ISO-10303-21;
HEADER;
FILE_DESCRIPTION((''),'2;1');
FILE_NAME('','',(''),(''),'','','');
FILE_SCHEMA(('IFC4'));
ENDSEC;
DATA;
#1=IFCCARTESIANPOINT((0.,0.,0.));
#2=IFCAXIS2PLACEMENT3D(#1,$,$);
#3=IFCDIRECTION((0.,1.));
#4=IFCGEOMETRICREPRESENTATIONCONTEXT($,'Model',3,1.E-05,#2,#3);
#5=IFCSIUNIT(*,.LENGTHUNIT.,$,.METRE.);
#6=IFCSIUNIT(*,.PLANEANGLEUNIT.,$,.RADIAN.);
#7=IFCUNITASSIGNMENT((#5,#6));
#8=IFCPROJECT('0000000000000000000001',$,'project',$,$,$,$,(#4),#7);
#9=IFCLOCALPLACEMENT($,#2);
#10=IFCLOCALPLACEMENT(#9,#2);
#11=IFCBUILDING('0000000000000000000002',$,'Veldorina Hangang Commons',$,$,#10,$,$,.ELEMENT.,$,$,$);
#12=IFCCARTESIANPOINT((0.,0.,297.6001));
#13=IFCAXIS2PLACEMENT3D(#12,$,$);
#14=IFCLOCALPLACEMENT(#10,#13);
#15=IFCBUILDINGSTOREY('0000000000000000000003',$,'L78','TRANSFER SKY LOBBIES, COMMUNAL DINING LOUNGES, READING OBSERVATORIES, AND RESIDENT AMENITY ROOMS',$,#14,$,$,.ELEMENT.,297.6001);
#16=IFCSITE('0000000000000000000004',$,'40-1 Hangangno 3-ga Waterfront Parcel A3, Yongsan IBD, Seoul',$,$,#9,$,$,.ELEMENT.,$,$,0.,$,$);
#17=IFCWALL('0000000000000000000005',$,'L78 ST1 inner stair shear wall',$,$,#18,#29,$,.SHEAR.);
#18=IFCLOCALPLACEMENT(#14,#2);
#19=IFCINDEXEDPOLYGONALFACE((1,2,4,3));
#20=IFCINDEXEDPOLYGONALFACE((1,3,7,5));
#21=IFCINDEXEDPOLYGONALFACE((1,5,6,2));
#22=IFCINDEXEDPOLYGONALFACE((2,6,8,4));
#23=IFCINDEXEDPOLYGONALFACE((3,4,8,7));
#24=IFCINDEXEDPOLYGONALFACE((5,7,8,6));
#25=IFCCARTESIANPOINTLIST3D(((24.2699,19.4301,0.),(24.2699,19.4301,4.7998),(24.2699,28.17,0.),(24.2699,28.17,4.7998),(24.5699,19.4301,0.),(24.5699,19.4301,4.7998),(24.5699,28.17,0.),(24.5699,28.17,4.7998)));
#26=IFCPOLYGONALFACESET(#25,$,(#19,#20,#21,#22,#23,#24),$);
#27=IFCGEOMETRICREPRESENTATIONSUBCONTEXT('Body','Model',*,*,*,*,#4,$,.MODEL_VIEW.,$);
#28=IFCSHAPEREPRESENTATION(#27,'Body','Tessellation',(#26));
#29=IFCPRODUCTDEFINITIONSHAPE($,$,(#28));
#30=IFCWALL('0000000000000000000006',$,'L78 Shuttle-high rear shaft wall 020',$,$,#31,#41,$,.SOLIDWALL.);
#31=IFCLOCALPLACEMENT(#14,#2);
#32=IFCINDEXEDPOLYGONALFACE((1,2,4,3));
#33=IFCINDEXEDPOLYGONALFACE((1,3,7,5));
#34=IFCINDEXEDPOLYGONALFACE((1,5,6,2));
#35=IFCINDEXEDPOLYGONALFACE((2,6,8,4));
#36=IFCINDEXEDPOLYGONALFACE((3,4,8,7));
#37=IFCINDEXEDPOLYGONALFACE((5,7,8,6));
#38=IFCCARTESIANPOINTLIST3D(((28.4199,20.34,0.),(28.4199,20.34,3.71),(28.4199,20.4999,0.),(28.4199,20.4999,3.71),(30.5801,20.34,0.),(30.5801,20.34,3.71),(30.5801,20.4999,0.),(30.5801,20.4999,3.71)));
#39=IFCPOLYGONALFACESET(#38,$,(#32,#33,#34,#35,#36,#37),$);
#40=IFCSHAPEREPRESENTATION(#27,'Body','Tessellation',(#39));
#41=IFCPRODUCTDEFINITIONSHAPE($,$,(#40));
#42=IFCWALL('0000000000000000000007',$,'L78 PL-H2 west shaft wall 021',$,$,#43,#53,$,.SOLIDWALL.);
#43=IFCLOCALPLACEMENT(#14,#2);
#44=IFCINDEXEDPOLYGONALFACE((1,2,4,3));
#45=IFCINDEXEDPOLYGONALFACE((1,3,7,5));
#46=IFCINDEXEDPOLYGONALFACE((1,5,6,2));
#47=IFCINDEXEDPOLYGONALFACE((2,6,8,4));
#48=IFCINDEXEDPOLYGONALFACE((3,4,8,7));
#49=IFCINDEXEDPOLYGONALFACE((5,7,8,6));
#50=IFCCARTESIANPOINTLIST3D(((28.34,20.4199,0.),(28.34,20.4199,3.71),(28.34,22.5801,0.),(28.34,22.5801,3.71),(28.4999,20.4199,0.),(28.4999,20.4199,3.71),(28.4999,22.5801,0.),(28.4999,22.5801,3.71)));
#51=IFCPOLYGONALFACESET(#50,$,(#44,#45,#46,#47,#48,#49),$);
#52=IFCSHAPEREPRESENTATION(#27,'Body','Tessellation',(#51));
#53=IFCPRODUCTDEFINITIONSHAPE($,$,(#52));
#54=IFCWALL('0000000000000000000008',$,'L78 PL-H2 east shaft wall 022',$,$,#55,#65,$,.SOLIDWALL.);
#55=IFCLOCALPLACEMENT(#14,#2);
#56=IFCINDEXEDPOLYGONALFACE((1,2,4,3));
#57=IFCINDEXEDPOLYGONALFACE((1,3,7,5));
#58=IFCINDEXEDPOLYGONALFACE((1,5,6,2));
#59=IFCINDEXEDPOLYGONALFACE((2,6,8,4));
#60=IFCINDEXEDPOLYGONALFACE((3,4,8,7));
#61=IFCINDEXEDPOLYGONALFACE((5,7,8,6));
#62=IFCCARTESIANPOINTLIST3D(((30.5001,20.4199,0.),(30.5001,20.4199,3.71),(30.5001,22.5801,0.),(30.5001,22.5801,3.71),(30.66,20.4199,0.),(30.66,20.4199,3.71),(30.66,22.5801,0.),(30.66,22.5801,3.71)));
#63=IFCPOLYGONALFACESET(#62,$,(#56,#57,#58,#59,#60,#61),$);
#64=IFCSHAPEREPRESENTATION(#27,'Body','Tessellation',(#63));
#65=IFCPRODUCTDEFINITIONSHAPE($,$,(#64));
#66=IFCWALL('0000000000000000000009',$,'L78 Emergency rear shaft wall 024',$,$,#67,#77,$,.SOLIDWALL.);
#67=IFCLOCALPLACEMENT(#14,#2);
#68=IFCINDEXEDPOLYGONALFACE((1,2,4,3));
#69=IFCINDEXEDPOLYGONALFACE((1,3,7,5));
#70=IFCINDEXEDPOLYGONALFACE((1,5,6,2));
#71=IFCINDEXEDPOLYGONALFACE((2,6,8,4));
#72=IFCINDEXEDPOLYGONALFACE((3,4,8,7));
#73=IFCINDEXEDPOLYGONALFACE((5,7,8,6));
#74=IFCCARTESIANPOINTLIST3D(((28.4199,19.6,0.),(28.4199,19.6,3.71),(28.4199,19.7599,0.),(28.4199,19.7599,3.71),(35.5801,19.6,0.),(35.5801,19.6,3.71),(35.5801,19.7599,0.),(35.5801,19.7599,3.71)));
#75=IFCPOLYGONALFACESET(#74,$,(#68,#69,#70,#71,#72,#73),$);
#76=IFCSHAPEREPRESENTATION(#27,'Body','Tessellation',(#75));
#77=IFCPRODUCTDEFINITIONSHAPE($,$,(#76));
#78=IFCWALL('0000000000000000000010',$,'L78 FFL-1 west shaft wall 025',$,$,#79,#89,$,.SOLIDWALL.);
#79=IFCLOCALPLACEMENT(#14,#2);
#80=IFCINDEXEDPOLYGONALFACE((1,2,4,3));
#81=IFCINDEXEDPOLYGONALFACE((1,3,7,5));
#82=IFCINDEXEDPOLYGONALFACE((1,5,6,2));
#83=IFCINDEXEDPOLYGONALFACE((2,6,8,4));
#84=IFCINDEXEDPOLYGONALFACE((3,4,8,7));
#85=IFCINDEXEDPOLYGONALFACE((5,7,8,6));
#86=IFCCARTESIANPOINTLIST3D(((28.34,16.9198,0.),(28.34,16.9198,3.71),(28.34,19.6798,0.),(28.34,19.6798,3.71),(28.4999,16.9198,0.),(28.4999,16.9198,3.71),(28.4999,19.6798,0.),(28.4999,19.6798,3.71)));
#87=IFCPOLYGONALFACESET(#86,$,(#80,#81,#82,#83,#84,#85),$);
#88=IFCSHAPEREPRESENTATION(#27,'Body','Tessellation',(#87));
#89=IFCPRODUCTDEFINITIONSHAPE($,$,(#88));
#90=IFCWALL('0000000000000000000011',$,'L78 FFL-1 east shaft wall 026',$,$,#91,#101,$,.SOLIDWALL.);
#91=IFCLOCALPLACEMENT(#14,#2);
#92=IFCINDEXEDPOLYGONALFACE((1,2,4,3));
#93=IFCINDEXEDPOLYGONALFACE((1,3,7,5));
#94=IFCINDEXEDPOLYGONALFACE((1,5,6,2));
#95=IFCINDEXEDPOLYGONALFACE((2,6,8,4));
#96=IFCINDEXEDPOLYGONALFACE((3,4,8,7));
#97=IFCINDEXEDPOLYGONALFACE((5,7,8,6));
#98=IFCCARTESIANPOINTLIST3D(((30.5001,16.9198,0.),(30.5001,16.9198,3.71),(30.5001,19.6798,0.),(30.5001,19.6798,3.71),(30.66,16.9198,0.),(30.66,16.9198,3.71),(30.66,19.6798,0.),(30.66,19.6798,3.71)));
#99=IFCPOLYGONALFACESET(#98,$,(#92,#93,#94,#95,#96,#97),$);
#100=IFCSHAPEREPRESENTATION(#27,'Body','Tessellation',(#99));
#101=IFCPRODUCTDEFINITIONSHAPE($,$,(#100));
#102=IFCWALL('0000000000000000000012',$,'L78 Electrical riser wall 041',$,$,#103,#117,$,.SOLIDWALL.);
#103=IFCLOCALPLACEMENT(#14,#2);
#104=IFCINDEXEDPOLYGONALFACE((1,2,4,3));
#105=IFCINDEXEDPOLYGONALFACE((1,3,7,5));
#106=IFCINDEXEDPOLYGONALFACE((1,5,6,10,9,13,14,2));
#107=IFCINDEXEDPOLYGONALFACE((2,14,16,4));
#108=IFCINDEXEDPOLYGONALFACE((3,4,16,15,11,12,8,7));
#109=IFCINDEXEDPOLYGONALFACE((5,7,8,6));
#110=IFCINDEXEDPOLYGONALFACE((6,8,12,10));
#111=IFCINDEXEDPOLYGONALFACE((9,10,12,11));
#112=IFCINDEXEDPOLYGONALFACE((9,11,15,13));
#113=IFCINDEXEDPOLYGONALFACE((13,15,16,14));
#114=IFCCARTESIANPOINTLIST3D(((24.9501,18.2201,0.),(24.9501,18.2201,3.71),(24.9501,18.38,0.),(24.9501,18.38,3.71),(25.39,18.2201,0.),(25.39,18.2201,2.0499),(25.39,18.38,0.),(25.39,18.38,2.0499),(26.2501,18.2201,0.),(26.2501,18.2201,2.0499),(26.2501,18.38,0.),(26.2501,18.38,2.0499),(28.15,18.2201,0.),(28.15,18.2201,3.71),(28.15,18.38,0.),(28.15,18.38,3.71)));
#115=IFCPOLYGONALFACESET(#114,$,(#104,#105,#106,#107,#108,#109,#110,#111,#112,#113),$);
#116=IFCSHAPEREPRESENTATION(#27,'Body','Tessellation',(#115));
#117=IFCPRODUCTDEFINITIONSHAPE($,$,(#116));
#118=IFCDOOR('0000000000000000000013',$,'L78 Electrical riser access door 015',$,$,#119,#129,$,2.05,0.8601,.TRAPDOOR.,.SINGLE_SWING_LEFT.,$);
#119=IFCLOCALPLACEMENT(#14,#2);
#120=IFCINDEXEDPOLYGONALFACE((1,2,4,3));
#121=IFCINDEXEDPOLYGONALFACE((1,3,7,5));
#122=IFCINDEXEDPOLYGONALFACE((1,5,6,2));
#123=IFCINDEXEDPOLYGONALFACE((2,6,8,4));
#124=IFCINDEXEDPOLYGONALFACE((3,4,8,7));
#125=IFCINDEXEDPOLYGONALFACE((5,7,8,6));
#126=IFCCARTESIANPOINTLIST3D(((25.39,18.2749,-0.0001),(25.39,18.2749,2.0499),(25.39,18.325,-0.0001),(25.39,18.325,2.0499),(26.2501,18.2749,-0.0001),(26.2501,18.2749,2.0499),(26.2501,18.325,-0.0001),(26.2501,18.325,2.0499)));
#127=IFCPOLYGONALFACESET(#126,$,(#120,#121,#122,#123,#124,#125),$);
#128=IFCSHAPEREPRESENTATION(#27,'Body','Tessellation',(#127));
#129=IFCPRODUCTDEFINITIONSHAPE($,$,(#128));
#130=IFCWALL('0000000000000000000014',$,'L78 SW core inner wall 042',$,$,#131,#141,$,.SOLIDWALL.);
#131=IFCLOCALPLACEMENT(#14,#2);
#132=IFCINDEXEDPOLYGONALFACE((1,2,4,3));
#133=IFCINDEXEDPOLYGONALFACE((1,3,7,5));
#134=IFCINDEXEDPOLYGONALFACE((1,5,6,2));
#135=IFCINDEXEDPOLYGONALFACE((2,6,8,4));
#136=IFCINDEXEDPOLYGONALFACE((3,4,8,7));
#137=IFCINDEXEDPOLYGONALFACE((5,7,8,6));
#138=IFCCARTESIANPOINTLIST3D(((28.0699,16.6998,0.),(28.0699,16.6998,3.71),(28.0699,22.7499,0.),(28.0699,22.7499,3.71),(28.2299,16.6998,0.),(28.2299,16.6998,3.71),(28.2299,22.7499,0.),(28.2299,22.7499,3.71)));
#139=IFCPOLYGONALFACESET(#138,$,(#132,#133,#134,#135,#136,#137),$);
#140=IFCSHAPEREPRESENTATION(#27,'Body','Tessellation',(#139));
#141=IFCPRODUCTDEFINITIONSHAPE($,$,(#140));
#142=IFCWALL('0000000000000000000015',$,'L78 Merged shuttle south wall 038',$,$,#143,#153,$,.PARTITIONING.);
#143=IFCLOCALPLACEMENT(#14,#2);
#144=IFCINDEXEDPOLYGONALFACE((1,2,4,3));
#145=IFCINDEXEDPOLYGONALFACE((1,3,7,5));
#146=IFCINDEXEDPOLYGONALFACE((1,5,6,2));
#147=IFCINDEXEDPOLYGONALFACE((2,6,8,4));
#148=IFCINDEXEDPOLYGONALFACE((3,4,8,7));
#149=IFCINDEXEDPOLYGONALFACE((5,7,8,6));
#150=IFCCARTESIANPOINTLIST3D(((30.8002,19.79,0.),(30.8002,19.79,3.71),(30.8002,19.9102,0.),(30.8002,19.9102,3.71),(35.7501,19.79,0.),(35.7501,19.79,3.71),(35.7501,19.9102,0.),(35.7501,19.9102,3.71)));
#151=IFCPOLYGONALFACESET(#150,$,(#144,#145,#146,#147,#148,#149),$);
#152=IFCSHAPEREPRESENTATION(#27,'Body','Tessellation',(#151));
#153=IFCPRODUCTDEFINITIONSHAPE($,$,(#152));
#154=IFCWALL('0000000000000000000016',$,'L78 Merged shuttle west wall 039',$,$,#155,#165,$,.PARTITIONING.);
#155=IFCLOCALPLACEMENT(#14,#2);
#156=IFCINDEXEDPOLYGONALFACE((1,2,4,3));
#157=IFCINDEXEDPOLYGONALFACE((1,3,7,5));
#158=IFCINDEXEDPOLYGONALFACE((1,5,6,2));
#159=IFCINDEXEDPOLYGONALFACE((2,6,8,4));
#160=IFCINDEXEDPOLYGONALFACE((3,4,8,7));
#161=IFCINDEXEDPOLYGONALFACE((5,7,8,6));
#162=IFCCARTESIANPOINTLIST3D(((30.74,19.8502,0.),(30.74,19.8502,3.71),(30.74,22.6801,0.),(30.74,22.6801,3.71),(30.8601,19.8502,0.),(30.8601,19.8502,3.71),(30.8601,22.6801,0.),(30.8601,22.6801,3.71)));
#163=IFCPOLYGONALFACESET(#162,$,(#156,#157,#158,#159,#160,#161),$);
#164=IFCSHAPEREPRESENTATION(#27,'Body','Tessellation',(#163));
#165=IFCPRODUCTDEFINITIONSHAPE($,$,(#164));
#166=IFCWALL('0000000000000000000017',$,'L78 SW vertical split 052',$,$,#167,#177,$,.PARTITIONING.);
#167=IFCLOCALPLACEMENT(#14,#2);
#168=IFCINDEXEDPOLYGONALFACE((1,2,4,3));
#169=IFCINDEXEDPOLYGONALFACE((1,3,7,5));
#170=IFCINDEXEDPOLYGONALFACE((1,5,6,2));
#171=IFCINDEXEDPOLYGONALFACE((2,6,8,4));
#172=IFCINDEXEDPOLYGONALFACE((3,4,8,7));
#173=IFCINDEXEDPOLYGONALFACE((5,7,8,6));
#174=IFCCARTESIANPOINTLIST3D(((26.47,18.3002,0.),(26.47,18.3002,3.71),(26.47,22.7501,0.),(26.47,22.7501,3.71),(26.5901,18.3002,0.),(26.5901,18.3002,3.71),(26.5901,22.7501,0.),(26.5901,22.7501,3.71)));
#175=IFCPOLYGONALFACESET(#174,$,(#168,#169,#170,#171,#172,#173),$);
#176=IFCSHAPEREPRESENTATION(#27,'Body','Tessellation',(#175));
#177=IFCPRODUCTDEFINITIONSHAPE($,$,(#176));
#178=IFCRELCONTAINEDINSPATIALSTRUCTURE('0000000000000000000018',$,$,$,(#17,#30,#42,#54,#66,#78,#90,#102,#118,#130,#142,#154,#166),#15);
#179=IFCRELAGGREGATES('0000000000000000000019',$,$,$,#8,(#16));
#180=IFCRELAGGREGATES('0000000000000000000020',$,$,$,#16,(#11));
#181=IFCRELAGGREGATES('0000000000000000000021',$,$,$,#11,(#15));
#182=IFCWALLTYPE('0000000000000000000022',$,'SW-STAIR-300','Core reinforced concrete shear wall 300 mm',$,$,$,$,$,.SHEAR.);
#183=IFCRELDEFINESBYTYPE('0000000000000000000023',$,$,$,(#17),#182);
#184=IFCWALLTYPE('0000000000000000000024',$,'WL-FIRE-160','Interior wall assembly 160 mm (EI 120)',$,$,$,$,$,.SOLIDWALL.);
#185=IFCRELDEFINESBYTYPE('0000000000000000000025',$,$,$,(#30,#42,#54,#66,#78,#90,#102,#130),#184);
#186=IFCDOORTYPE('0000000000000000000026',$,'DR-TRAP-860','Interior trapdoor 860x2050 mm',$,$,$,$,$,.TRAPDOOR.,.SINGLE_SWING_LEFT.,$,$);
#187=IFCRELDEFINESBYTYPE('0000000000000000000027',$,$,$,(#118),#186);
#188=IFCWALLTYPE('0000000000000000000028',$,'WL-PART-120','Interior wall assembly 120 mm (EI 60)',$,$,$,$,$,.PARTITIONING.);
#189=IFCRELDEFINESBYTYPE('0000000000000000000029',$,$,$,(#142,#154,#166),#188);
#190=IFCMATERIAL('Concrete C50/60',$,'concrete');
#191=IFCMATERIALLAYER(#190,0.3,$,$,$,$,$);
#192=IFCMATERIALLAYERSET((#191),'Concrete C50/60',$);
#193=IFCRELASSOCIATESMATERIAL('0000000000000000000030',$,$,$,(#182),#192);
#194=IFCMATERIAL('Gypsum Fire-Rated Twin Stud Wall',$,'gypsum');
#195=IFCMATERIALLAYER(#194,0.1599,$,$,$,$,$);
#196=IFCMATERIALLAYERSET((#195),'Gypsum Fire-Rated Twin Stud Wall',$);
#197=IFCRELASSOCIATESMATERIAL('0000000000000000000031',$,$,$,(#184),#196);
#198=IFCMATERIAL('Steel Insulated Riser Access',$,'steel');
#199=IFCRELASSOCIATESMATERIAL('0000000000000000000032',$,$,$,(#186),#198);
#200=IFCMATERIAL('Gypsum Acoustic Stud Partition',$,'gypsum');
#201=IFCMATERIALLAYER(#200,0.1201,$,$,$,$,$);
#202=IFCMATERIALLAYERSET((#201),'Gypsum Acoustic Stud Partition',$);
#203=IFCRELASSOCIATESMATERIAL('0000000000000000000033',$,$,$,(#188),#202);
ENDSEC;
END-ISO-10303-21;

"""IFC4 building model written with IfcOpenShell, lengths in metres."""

from ifc_helpers import new_model, si_unit, direction, frame, frame_2d, origin, place, context, subcontext, project, spatial, rectangle, extrude, material, layer, layer_set, type_object, element, fill, save


model = new_model("IFC4")

# Units and contexts
model_context = context("Model", 3, precision=1e-05, world=origin(), true_north=direction((0.0, 1.0)))
body_context = subcontext(model_context, "Body", "Model", "MODEL_VIEW")
ifc_project = project(units=[si_unit("LENGTHUNIT", "METRE"), si_unit("PLANEANGLEUNIT", "RADIAN")], contexts=[model_context])

# Site, building, storey
site_placement = place(None, origin())
site = spatial("IfcSite", under=ifc_project, at=site_placement, Name="40-1 Hangangno 3-ga Waterfront Parcel A3, Yongsan IBD, Seoul", CompositionType="ELEMENT", RefElevation=0.0)
building_placement = place(site_placement, origin())
building = spatial("IfcBuilding", under=site, at=building_placement, Name="Veldorina Hangang Commons", CompositionType="ELEMENT")
storey_placement = place(building_placement, frame((0.0, 0.0, 297.6001)))
storey = spatial("IfcBuildingStorey", under=building, at=storey_placement, Name="L78", Description="TRANSFER SKY LOBBIES, COMMUNAL DINING LOUNGES, READING OBSERVATORIES, AND RESIDENT AMENITY ROOMS", CompositionType="ELEMENT", Elevation=297.6001)

# Shared definitions
ifc_material_1 = material(Name="Concrete C50/60", Category="concrete")

# Walls
ifc_layer_1 = layer(ifc_material_1, 0.3)
ifc_layer_set_1 = layer_set([ifc_layer_1], Name="Concrete C50/60")
wall_type_1 = type_object("IfcWallType", Name="SW-STAIR-300", Description="Core reinforced concrete shear wall 300 mm", PredefinedType="SHEAR", material=ifc_layer_set_1)
wall_1_placement = place(storey_placement, frame((24.4199, 19.4299, 0.0), z_axis=(0.0, 0.0, 1.0), x_axis=(0.0, 1.0, 0.0)))
element("IfcWall", 1, at=wall_1_placement, inside=storey, type_object=wall_type_1, Name="L78 ST1 inner stair shear wall", PredefinedType="SHEAR", context=body_context, shape_type="SweptSolid", body=[
    extrude(rectangle(XDim=8.74, YDim=0.3, at=frame_2d((4.3701, 0.0))), origin(), (0.0, 0.0, 1.0), 4.7998),
])
ifc_material_2 = material(Name="Gypsum Fire-Rated Twin Stud Wall", Category="gypsum")
ifc_layer_2 = layer(ifc_material_2, 0.1599)
ifc_layer_set_2 = layer_set([ifc_layer_2], Name="Gypsum Fire-Rated Twin Stud Wall")
wall_type_2 = type_object("IfcWallType", Name="WL-FIRE-160", Description="Interior wall assembly 160 mm (EI 120)", PredefinedType="SOLIDWALL", material=ifc_layer_set_2)
for number, where, z_axis, x_axis, name in (
    (2, (28.4199, 20.4199, 0.0), (0.0, 0.0, 1.0), (1.0, 0.0, 0.0), "L78 Shuttle-high rear shaft wall 020"),
    (3, (28.4199, 20.4199, 0.0), (0.0, 0.0, 1.0), (0.0, 1.0, 0.0), "L78 PL-H2 west shaft wall 021"),
    (4, (30.5801, 20.4199, 0.0), (0.0, 0.0, 1.0), (0.0, 1.0, 0.0), "L78 PL-H2 east shaft wall 022"),
):
    element("IfcWall", number, at=place(storey_placement, frame(where, z_axis=z_axis, x_axis=x_axis)), inside=storey, type_object=wall_type_2, Name=name, PredefinedType="SOLIDWALL", context=body_context, shape_type="SweptSolid", body=[
        extrude(rectangle(XDim=2.1602, YDim=0.1599, at=frame_2d((1.0801, 0.0))), origin(), (0.0, 0.0, 1.0), 3.71),
    ])

# Walls
wall_2_placement = place(storey_placement, frame((28.4199, 19.6799, 0.0), z_axis=(0.0, 0.0, 1.0), x_axis=(1.0, 0.0, 0.0)))
element("IfcWall", 5, at=wall_2_placement, inside=storey, type_object=wall_type_2, Name="L78 Emergency rear shaft wall 024", PredefinedType="SOLIDWALL", context=body_context, shape_type="SweptSolid", body=[
    extrude(rectangle(XDim=7.1602, YDim=0.1599, at=frame_2d((3.5801, 0.0))), origin(), (0.0, 0.0, 1.0), 3.71),
])
for number, where, z_axis, x_axis, name in (
    (6, (28.4199, 16.9199, 0.0), (0.0, 0.0, 1.0), (0.0, 1.0, 0.0), "L78 FFL-1 west shaft wall 025"),
    (7, (30.5801, 16.9199, 0.0), (0.0, 0.0, 1.0), (0.0, 1.0, 0.0), "L78 FFL-1 east shaft wall 026"),
):
    element("IfcWall", number, at=place(storey_placement, frame(where, z_axis=z_axis, x_axis=x_axis)), inside=storey, type_object=wall_type_2, Name=name, PredefinedType="SOLIDWALL", context=body_context, shape_type="SweptSolid", body=[
        extrude(rectangle(XDim=2.76, YDim=0.1599, at=frame_2d((1.3799, 0.0))), origin(), (0.0, 0.0, 1.0), 3.71),
    ])

# Wall, opening, door
wall_3_placement = place(storey_placement, frame((24.95, 18.3, 0.0), z_axis=(0.0, 0.0, 1.0), x_axis=(1.0, 0.0, 0.0)))
wall_3 = element("IfcWall", 8, at=wall_3_placement, inside=storey, type_object=wall_type_2, Name="L78 Electrical riser wall 041", PredefinedType="SOLIDWALL", context=body_context, shape_type="SweptSolid", body=[
    extrude(rectangle(XDim=3.2, YDim=0.1599, at=frame_2d((1.6001, 0.0))), origin(), (0.0, 0.0, 1.0), 3.71),
])
opening_1_placement = place(wall_3_placement, frame((0.4399, 0.0, 0.0)))
opening_1 = element("IfcOpeningElement", 9, at=opening_1_placement, cuts=wall_3, PredefinedType="OPENING", context=body_context, shape_type="SweptSolid", body=[
    extrude(rectangle(XDim=0.8601, YDim=2.05, at=frame_2d((0.4302, 1.0249))), frame((0.0, 0.0898, 0.0), z_axis=(0.0, -1.0, 0.0), x_axis=(1.0, 0.0, 0.0)), (0.0, 0.0, 1.0), 0.1799),
])
ifc_material_3 = material(Name="Steel Insulated Riser Access", Category="steel")
door_type_1 = type_object("IfcDoorType", Name="DR-TRAP-860", Description="Interior trapdoor 860x2050 mm", OperationType="SINGLE_SWING_LEFT", PredefinedType="TRAPDOOR", material=ifc_material_3)
door_1_placement = place(opening_1_placement, origin())
door_1 = element("IfcDoor", 10, at=door_1_placement, inside=storey, type_object=door_type_1, Name="L78 Electrical riser access door 015", OperationType="SINGLE_SWING_LEFT", OverallHeight=2.05, OverallWidth=0.8601, PredefinedType="TRAPDOOR", context=body_context, shape_type="SweptSolid", body=[
    extrude(rectangle(XDim=0.8601, YDim=2.05, at=frame_2d((0.4302, 1.0249))), frame((0.0, 0.0249, 0.0), z_axis=(0.0, -1.0, 0.0), x_axis=(1.0, 0.0, 0.0)), (0.0, 0.0, 1.0), 0.05),
])
fill(opening_1, door_1)

# Walls
wall_4_placement = place(storey_placement, frame((28.1499, 16.7, 0.0), z_axis=(0.0, 0.0, 1.0), x_axis=(0.0, 1.0, 0.0)))
element("IfcWall", 11, at=wall_4_placement, inside=storey, type_object=wall_type_2, Name="L78 SW core inner wall 042", PredefinedType="SOLIDWALL", context=body_context, shape_type="SweptSolid", body=[
    extrude(rectangle(XDim=6.05, YDim=0.1599, at=frame_2d((3.0249, 0.0))), origin(), (0.0, 0.0, 1.0), 3.71),
])
ifc_material_4 = material(Name="Gypsum Acoustic Stud Partition", Category="gypsum")
ifc_layer_3 = layer(ifc_material_4, 0.1201)
ifc_layer_set_3 = layer_set([ifc_layer_3], Name="Gypsum Acoustic Stud Partition")
wall_type_3 = type_object("IfcWallType", Name="WL-PART-120", Description="Interior wall assembly 120 mm (EI 60)", PredefinedType="PARTITIONING", material=ifc_layer_set_3)
wall_5_placement = place(storey_placement, frame((30.8, 19.8501, 0.0), z_axis=(0.0, 0.0, 1.0), x_axis=(1.0, 0.0, 0.0)))
element("IfcWall", 12, at=wall_5_placement, inside=storey, type_object=wall_type_3, Name="L78 Merged shuttle south wall 038", PredefinedType="PARTITIONING", context=body_context, shape_type="SweptSolid", body=[
    extrude(rectangle(XDim=4.95, YDim=0.1201, at=frame_2d((2.4751, 0.0))), origin(), (0.0, 0.0, 1.0), 3.71),
])
wall_6_placement = place(storey_placement, frame((30.8, 19.8501, 0.0), z_axis=(0.0, 0.0, 1.0), x_axis=(0.0, 1.0, 0.0)))
element("IfcWall", 13, at=wall_6_placement, inside=storey, type_object=wall_type_3, Name="L78 Merged shuttle west wall 039", PredefinedType="PARTITIONING", context=body_context, shape_type="SweptSolid", body=[
    extrude(rectangle(XDim=2.8298, YDim=0.1201, at=frame_2d((1.415, 0.0))), origin(), (0.0, 0.0, 1.0), 3.71),
])
wall_7_placement = place(storey_placement, frame((26.53, 18.3, 0.0), z_axis=(0.0, 0.0, 1.0), x_axis=(0.0, 1.0, 0.0)))
element("IfcWall", 14, at=wall_7_placement, inside=storey, type_object=wall_type_3, Name="L78 SW vertical split 052", PredefinedType="PARTITIONING", context=body_context, shape_type="SweptSolid", body=[
    extrude(rectangle(XDim=4.45, YDim=0.1201, at=frame_2d((2.2251, 0.0))), origin(), (0.0, 0.0, 1.0), 3.71),
])

save(model, "model.ifc")
